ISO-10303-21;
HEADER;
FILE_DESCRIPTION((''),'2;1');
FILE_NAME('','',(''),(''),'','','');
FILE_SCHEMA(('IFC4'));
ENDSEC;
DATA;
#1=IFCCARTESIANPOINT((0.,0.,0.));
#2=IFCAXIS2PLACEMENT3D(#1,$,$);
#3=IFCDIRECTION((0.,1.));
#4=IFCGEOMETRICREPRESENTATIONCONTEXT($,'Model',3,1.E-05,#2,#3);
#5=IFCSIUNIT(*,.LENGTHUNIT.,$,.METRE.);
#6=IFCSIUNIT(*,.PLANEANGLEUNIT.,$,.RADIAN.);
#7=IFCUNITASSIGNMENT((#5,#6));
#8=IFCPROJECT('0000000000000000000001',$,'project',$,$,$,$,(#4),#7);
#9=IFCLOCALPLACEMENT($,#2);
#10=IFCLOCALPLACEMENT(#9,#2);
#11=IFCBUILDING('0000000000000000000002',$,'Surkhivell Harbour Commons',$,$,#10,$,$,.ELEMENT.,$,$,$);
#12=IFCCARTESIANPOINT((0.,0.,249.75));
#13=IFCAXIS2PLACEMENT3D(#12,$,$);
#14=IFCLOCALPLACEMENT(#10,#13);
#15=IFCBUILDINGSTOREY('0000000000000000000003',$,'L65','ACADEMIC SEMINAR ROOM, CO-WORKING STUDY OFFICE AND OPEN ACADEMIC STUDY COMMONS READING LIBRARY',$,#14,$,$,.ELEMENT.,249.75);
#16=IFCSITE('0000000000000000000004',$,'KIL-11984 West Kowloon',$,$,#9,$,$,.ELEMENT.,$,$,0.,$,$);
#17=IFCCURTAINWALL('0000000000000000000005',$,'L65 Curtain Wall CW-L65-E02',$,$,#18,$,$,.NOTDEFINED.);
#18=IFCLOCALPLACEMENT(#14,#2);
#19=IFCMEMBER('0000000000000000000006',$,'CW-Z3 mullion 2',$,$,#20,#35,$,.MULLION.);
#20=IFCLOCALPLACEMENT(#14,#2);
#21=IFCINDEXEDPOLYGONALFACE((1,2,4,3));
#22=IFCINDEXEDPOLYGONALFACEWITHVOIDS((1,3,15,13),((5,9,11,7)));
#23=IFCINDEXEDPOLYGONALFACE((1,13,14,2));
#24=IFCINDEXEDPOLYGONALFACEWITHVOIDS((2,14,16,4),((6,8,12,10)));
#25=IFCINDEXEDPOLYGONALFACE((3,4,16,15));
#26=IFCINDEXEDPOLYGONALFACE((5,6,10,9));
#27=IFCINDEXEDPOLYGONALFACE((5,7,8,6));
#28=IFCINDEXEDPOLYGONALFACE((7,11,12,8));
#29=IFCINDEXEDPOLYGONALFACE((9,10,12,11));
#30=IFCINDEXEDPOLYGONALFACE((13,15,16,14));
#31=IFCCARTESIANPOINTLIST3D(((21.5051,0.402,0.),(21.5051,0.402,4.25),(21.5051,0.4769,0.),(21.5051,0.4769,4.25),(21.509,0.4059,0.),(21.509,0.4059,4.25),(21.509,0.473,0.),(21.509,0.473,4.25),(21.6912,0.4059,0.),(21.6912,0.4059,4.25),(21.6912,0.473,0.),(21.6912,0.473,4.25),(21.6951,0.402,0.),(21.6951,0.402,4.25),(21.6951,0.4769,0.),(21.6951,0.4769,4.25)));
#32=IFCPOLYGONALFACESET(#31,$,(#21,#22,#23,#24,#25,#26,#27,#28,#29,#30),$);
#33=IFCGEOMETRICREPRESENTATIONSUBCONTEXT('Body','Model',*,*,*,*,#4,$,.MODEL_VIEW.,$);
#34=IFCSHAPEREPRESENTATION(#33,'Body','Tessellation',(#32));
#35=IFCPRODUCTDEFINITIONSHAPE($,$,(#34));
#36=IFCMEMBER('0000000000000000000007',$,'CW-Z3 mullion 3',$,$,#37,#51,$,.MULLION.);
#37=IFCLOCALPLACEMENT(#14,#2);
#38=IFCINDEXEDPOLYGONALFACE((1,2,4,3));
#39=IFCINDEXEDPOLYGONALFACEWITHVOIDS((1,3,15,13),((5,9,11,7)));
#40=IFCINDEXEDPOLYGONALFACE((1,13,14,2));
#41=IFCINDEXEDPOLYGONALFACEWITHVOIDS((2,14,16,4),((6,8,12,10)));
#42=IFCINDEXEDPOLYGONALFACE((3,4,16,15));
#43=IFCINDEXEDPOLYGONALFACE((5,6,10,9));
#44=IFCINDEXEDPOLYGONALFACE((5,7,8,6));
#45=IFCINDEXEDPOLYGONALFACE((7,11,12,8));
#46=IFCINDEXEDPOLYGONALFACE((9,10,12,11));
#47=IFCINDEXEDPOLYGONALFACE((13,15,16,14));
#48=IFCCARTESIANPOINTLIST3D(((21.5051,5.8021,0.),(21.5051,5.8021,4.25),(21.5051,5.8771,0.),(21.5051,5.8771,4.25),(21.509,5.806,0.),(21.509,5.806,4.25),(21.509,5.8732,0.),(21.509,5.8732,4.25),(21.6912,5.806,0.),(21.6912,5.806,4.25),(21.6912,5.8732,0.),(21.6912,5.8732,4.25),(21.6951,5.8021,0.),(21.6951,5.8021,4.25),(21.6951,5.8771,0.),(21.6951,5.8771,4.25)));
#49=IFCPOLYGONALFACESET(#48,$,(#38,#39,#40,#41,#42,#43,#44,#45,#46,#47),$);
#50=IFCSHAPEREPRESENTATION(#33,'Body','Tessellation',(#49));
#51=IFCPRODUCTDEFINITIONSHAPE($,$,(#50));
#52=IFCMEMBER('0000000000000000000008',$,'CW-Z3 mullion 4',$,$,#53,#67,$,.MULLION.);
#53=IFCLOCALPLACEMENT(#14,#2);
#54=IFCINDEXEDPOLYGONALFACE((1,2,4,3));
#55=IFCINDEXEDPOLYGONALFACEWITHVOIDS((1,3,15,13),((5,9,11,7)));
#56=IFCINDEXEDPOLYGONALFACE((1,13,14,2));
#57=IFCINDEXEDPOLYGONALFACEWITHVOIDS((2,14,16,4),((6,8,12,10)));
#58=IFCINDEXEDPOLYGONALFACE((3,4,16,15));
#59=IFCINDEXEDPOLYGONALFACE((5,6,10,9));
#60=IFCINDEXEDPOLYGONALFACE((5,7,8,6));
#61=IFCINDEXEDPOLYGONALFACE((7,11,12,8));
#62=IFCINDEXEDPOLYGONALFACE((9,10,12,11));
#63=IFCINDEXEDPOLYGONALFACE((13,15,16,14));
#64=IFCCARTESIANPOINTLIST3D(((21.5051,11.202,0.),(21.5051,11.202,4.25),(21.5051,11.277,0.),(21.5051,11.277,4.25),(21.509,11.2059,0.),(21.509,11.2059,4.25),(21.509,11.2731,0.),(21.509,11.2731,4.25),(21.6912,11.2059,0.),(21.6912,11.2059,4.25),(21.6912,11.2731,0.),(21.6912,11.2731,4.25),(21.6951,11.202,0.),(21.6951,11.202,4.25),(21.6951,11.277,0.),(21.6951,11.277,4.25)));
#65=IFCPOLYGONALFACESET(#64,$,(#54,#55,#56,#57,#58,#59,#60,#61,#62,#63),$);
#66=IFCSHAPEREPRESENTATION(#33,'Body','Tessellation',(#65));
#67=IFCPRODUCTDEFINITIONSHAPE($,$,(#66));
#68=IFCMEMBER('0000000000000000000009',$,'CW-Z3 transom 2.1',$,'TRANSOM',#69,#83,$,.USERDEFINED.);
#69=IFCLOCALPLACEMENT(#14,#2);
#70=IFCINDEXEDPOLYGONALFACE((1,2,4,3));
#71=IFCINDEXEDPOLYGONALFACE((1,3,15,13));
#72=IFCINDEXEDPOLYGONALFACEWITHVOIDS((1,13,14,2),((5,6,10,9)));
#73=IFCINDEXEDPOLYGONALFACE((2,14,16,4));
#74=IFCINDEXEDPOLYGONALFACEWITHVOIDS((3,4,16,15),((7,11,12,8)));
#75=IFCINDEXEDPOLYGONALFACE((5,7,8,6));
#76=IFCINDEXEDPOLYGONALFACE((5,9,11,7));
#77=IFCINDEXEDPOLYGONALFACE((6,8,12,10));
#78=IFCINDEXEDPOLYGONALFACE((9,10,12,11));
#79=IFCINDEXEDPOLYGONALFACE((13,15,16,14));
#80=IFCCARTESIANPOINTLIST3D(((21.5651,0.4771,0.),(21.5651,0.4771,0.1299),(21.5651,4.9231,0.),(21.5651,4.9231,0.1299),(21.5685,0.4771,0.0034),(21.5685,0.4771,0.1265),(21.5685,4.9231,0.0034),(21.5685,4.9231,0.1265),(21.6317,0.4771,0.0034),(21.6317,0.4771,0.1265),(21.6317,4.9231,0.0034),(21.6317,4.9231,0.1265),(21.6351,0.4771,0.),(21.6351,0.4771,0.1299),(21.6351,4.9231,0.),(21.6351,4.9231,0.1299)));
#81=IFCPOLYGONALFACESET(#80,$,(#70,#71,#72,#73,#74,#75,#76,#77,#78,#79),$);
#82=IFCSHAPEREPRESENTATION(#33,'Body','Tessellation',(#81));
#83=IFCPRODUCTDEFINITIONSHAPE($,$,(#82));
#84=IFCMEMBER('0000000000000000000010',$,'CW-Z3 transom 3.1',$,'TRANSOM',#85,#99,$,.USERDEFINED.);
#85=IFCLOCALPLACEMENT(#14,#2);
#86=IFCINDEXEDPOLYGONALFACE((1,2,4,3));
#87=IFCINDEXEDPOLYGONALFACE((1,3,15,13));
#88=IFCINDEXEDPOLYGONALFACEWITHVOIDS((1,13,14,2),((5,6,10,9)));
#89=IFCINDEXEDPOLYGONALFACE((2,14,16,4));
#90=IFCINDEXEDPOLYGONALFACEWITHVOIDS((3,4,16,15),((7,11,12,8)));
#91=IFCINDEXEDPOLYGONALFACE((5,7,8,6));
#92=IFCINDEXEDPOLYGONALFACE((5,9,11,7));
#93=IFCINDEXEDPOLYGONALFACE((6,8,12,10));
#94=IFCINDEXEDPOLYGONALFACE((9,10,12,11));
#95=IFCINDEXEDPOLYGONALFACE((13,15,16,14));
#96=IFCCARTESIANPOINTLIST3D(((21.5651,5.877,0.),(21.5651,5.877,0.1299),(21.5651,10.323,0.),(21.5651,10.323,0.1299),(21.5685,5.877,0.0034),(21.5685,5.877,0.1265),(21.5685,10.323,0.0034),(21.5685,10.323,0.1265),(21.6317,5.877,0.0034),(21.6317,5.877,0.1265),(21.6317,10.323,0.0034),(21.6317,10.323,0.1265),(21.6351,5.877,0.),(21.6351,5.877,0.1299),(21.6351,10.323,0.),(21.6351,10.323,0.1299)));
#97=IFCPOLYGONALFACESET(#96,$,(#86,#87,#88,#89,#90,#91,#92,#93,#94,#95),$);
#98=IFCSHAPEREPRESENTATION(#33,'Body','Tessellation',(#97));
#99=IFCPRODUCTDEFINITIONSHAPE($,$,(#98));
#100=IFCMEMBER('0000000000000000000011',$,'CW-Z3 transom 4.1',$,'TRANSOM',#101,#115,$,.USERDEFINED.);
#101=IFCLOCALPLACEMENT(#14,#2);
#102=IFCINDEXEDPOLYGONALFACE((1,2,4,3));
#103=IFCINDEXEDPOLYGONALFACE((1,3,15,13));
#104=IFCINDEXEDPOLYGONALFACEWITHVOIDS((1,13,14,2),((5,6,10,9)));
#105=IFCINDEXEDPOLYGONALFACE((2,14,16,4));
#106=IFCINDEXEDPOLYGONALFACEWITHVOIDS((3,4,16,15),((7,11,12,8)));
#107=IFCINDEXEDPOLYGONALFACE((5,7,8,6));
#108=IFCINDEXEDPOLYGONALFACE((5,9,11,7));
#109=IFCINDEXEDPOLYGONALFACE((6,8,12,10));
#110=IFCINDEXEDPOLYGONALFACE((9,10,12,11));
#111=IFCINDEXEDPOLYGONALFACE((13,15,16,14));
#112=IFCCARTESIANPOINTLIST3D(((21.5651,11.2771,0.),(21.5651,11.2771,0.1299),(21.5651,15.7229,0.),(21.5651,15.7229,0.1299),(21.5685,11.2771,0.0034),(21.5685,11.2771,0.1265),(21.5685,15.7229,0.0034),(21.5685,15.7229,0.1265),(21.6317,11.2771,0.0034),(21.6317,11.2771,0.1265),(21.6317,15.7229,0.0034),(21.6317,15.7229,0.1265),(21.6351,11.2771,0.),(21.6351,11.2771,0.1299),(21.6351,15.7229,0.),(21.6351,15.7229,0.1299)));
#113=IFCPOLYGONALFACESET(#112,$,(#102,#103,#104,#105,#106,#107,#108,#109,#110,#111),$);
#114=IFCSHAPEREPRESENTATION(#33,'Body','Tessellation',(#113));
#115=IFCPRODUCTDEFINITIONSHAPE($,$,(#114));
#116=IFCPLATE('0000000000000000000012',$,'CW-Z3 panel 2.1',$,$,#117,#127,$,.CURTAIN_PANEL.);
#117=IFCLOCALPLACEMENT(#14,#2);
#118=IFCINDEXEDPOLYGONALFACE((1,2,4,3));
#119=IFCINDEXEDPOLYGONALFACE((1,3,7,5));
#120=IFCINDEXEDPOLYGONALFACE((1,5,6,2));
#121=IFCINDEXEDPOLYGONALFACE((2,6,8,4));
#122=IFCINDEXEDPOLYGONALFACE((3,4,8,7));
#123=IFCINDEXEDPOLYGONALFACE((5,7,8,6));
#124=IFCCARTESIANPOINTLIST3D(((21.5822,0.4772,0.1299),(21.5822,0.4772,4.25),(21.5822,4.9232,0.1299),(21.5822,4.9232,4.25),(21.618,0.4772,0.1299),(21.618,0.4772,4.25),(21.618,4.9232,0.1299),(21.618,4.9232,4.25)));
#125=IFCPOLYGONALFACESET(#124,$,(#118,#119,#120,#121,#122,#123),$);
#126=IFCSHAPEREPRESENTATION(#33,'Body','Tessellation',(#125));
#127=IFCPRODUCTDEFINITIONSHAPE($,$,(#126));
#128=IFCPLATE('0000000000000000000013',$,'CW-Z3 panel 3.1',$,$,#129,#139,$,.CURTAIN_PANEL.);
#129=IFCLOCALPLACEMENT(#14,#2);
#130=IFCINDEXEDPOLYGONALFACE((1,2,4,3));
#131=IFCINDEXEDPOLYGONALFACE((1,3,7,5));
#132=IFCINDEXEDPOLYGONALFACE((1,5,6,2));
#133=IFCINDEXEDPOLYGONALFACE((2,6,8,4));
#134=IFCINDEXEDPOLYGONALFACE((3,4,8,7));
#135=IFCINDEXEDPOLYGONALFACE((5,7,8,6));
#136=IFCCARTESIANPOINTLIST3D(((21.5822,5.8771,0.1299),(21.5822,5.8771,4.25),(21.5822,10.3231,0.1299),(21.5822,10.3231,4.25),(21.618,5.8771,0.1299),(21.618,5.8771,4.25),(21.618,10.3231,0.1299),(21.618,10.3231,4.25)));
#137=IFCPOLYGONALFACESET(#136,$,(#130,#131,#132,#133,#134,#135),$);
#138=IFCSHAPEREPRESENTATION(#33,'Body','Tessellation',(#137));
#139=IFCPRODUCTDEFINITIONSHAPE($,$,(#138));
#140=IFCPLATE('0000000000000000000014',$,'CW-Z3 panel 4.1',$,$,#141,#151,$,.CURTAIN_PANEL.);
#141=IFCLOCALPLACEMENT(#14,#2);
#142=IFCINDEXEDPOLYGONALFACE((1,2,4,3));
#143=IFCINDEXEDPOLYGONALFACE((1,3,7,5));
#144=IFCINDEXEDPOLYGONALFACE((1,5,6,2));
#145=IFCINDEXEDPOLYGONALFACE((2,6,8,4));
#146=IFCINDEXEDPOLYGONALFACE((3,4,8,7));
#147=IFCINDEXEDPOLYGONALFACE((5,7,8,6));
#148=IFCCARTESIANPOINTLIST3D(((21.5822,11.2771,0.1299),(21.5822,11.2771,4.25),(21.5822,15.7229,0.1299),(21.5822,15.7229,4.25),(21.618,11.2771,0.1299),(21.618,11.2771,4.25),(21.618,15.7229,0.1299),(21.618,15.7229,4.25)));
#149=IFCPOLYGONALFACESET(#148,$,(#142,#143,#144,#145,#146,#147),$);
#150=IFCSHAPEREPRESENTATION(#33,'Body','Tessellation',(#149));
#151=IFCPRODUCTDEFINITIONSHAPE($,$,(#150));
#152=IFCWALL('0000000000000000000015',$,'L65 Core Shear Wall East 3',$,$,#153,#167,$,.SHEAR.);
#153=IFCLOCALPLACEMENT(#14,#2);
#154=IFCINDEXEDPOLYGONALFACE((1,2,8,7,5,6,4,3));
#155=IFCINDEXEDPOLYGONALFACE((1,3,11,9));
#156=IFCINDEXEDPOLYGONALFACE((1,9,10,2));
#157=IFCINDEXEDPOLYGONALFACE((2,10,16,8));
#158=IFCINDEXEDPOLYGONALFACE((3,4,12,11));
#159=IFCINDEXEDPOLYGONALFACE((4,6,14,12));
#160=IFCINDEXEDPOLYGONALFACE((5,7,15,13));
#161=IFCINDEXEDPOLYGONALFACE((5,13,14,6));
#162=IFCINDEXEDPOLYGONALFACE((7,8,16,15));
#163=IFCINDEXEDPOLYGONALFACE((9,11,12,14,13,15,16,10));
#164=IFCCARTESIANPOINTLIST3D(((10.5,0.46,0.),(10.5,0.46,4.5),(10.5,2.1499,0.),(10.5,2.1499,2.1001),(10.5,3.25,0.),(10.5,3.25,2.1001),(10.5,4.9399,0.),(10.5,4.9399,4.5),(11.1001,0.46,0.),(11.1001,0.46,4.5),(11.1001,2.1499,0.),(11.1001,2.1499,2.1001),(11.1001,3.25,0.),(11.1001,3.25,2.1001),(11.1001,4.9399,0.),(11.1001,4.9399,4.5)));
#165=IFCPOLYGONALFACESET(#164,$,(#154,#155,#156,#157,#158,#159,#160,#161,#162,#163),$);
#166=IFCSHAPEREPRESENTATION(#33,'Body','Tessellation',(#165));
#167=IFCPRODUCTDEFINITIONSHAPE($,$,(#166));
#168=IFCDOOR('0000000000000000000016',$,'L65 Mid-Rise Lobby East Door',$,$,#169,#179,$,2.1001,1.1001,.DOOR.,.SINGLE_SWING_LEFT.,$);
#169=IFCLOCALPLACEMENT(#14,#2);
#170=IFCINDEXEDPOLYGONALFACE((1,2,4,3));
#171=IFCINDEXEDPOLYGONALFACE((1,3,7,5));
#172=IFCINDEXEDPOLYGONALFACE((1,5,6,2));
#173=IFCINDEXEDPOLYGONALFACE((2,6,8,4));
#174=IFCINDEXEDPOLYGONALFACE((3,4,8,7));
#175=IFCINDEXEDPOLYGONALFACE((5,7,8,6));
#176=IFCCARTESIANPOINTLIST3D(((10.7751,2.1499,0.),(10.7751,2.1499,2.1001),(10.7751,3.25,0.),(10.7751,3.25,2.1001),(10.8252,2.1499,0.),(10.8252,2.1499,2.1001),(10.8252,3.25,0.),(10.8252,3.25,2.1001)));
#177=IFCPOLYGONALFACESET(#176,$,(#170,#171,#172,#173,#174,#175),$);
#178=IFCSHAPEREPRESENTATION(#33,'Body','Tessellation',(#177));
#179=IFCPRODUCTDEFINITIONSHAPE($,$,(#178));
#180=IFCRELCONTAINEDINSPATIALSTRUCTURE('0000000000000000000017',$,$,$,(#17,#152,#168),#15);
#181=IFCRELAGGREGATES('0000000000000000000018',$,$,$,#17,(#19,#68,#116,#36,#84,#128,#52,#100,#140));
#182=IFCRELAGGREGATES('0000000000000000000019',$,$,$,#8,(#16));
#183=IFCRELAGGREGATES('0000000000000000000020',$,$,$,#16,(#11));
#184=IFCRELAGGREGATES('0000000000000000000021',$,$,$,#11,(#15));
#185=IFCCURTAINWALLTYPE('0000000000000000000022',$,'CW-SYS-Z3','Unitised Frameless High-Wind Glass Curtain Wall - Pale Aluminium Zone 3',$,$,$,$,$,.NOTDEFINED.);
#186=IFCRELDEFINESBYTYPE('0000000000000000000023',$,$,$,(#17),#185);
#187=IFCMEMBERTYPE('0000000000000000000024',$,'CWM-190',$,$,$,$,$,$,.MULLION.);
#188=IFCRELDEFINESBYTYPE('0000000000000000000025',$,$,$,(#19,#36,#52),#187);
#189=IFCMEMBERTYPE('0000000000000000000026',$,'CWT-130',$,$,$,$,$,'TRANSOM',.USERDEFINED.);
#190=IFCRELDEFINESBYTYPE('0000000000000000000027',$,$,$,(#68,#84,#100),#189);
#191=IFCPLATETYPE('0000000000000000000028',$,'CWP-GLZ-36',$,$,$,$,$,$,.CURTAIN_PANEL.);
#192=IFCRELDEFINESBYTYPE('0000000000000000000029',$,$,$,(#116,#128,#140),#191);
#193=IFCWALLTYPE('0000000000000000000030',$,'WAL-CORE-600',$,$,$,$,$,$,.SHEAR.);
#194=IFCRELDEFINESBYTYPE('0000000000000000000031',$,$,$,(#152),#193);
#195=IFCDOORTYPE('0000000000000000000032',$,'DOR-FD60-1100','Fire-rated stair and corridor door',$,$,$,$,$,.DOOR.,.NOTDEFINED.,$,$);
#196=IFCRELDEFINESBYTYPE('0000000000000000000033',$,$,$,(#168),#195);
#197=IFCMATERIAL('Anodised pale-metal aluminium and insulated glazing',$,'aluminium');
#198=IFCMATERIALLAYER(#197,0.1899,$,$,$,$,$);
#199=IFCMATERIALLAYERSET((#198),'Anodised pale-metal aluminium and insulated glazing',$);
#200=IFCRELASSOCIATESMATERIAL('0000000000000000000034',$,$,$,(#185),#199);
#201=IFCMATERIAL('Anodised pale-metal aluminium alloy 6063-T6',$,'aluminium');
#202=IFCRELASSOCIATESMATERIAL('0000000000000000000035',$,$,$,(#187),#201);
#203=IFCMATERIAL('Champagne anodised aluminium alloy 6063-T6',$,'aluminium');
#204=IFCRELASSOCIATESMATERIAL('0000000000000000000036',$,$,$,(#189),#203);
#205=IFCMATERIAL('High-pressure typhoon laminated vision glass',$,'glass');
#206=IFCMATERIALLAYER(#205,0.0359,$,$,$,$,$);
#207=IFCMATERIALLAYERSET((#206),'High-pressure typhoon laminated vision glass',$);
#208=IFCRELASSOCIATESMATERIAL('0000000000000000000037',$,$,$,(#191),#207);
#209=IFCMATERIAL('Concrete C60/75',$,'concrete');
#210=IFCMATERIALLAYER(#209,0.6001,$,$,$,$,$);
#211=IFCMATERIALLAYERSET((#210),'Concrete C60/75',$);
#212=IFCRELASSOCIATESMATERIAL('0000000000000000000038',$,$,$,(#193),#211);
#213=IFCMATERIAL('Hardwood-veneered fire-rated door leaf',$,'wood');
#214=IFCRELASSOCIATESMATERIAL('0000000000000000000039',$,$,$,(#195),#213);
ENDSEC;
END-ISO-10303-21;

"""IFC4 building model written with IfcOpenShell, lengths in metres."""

from ifc_helpers import new_model, si_unit, direction, frame, frame_2d, origin, origin_2d, place, context, subcontext, project, spatial, rectangle, hollow_rectangle, extrude, material, layer, layer_set, material_profile, profile_set, type_object, element, fill, aggregate, save


model = new_model("IFC4")

# Units and contexts
model_context = context("Model", 3, precision=1e-05, world=origin(), true_north=direction((0.0, 1.0)))
body_context = subcontext(model_context, "Body", "Model", "MODEL_VIEW")
ifc_project = project(units=[si_unit("LENGTHUNIT", "METRE"), si_unit("PLANEANGLEUNIT", "RADIAN")], contexts=[model_context])

# Site, building, storey
site_placement = place(None, origin())
site = spatial("IfcSite", under=ifc_project, at=site_placement, Name="KIL-11984 West Kowloon", CompositionType="ELEMENT", RefElevation=0.0)
building_placement = place(site_placement, origin())
building = spatial("IfcBuilding", under=site, at=building_placement, Name="Surkhivell Harbour Commons", CompositionType="ELEMENT")
storey_placement = place(building_placement, frame((0.0, 0.0, 249.75)))
storey = spatial("IfcBuildingStorey", under=building, at=storey_placement, Name="L65", Description="ACADEMIC SEMINAR ROOM, CO-WORKING STUDY OFFICE AND OPEN ACADEMIC STUDY COMMONS READING LIBRARY", CompositionType="ELEMENT", Elevation=249.75)

# Shared definitions
ifc_material_1 = material(Name="Concrete C60/75", Category="concrete")

# Curtain wall, members, plates
ifc_material_2 = material(Name="Anodised pale-metal aluminium and insulated glazing", Category="aluminium")
ifc_layer_1 = layer(ifc_material_2, 0.1899)
ifc_layer_set_1 = layer_set([ifc_layer_1], Name="Anodised pale-metal aluminium and insulated glazing")
curtain_wall_type = type_object("IfcCurtainWallType", Name="CW-SYS-Z3", Description="Unitised Frameless High-Wind Glass Curtain Wall - Pale Aluminium Zone 3", PredefinedType="NOTDEFINED", material=ifc_layer_set_1)
curtain_wall_placement = place(storey_placement, origin())
curtain_wall = element("IfcCurtainWall", 1, at=curtain_wall_placement, inside=storey, type_object=curtain_wall_type, Name="L65 Curtain Wall CW-L65-E02", PredefinedType="NOTDEFINED")
ifc_material_3 = material(Name="Anodised pale-metal aluminium alloy 6063-T6", Category="aluminium")
ifc_material_profile_1 = material_profile(ifc_material_3, hollow_rectangle(XDim=0.075, YDim=0.1899, WallThickness=0.0039, at=origin_2d()), Name="ALU-MULL-75x190")
ifc_profile_set_1 = profile_set([ifc_material_profile_1], Name="Anodised pale-metal aluminium alloy 6063-T6")
member_type_1 = type_object("IfcMemberType", Name="CWM-190", PredefinedType="MULLION", material=ifc_profile_set_1)
member_1_placement = place(storey_placement, frame((21.6001, 0.4395, 0.0), z_axis=(0.0, 0.0, 1.0), x_axis=(0.0, 1.0, 0.0)))
member_1 = element("IfcMember", 2, at=member_1_placement, type_object=member_type_1, Name="CW-Z3 mullion 2", PredefinedType="MULLION", context=body_context, shape_type="SweptSolid", body=[
    extrude(hollow_rectangle(XDim=0.075, YDim=0.1899, WallThickness=0.0039, at=origin_2d()), origin(), (0.0, 0.0, 1.0), 4.25),
])
member_2_placement = place(storey_placement, frame((21.6001, 5.8396, 0.0), z_axis=(0.0, 0.0, 1.0), x_axis=(0.0, 1.0, 0.0)))
member_2 = element("IfcMember", 3, at=member_2_placement, type_object=member_type_1, Name="CW-Z3 mullion 3", PredefinedType="MULLION", context=body_context, shape_type="SweptSolid", body=[
    extrude(hollow_rectangle(XDim=0.075, YDim=0.1899, WallThickness=0.0039, at=origin_2d()), origin(), (0.0, 0.0, 1.0), 4.25),
])
member_3_placement = place(storey_placement, frame((21.6001, 11.2395, 0.0), z_axis=(0.0, 0.0, 1.0), x_axis=(0.0, 1.0, 0.0)))
member_3 = element("IfcMember", 4, at=member_3_placement, type_object=member_type_1, Name="CW-Z3 mullion 4", PredefinedType="MULLION", context=body_context, shape_type="SweptSolid", body=[
    extrude(hollow_rectangle(XDim=0.075, YDim=0.1899, WallThickness=0.0039, at=origin_2d()), origin(), (0.0, 0.0, 1.0), 4.25),
])
ifc_material_4 = material(Name="Champagne anodised aluminium alloy 6063-T6", Category="aluminium")
ifc_material_profile_2 = material_profile(ifc_material_4, hollow_rectangle(XDim=0.0701, YDim=0.1299, WallThickness=0.0034, at=origin_2d()), Name="ALU-TRAN-70x130")
ifc_profile_set_2 = profile_set([ifc_material_profile_2], Name="Champagne anodised aluminium alloy 6063-T6")
member_type_2 = type_object("IfcMemberType", Name="CWT-130", ElementType="TRANSOM", PredefinedType="USERDEFINED", material=ifc_profile_set_2)
member_4_placement = place(storey_placement, frame((21.6001, 0.4771, 0.0649), z_axis=(0.0, 1.0, 0.0), x_axis=(-1.0, 0.0, 0.0)))
member_4 = element("IfcMember", 5, at=member_4_placement, type_object=member_type_2, Name="CW-Z3 transom 2.1", ObjectType="TRANSOM", PredefinedType="USERDEFINED", context=body_context, shape_type="SweptSolid", body=[
    extrude(hollow_rectangle(XDim=0.0701, YDim=0.1299, WallThickness=0.0034, at=origin_2d()), origin(), (0.0, 0.0, 1.0), 4.446),
])
member_5_placement = place(storey_placement, frame((21.6001, 5.877, 0.0649), z_axis=(0.0, 1.0, 0.0), x_axis=(-1.0, 0.0, 0.0)))
member_5 = element("IfcMember", 6, at=member_5_placement, type_object=member_type_2, Name="CW-Z3 transom 3.1", ObjectType="TRANSOM", PredefinedType="USERDEFINED", context=body_context, shape_type="SweptSolid", body=[
    extrude(hollow_rectangle(XDim=0.0701, YDim=0.1299, WallThickness=0.0034, at=origin_2d()), origin(), (0.0, 0.0, 1.0), 4.446),
])
member_6_placement = place(storey_placement, frame((21.6001, 11.2771, 0.0649), z_axis=(0.0, 1.0, 0.0), x_axis=(-1.0, 0.0, 0.0)))
member_6 = element("IfcMember", 7, at=member_6_placement, type_object=member_type_2, Name="CW-Z3 transom 4.1", ObjectType="TRANSOM", PredefinedType="USERDEFINED", context=body_context, shape_type="SweptSolid", body=[
    extrude(hollow_rectangle(XDim=0.0701, YDim=0.1299, WallThickness=0.0034, at=origin_2d()), origin(), (0.0, 0.0, 1.0), 4.4458),
])
ifc_material_5 = material(Name="High-pressure typhoon laminated vision glass", Category="glass")
ifc_layer_2 = layer(ifc_material_5, 0.0359)
ifc_layer_set_2 = layer_set([ifc_layer_2], Name="High-pressure typhoon laminated vision glass")
plate_type = type_object("IfcPlateType", Name="CWP-GLZ-36", PredefinedType="CURTAIN_PANEL", material=ifc_layer_set_2)
plate_1_placement = place(storey_placement, frame((21.6001, 0.4771, 0.1299), z_axis=(0.0, 0.0, 1.0), x_axis=(0.0, 1.0, 0.0)))
plate_1 = element("IfcPlate", 8, at=plate_1_placement, type_object=plate_type, Name="CW-Z3 panel 2.1", PredefinedType="CURTAIN_PANEL", context=body_context, shape_type="SweptSolid", body=[
    extrude(rectangle(XDim=4.446, YDim=0.0359, at=frame_2d((2.2231, 0.0))), origin(), (0.0, 0.0, 1.0), 4.1201),
])
plate_2_placement = place(storey_placement, frame((21.6001, 5.877, 0.1299), z_axis=(0.0, 0.0, 1.0), x_axis=(0.0, 1.0, 0.0)))
plate_2 = element("IfcPlate", 9, at=plate_2_placement, type_object=plate_type, Name="CW-Z3 panel 3.1", PredefinedType="CURTAIN_PANEL", context=body_context, shape_type="SweptSolid", body=[
    extrude(rectangle(XDim=4.446, YDim=0.0359, at=frame_2d((2.2231, 0.0))), origin(), (0.0, 0.0, 1.0), 4.1201),
])
plate_3_placement = place(storey_placement, frame((21.6001, 11.2771, 0.1299), z_axis=(0.0, 0.0, 1.0), x_axis=(0.0, 1.0, 0.0)))
plate_3 = element("IfcPlate", 10, at=plate_3_placement, type_object=plate_type, Name="CW-Z3 panel 4.1", PredefinedType="CURTAIN_PANEL", context=body_context, shape_type="SweptSolid", body=[
    extrude(rectangle(XDim=4.4458, YDim=0.0359, at=frame_2d((2.2229, 0.0))), origin(), (0.0, 0.0, 1.0), 4.1201),
])
aggregate(curtain_wall, [member_1, member_4, plate_1, member_2, member_5, plate_2, member_3, member_6, plate_3])

# Wall, opening, door
ifc_layer_3 = layer(ifc_material_1, 0.6001)
ifc_layer_set_3 = layer_set([ifc_layer_3], Name="Concrete C60/75")
wall_type_1 = type_object("IfcWallType", Name="WAL-CORE-600", PredefinedType="SHEAR", material=ifc_layer_set_3)
wall_1_placement = place(storey_placement, frame((10.8, 0.46, 0.0), z_axis=(0.0, 0.0, 1.0), x_axis=(0.0, 1.0, 0.0)))
wall_1 = element("IfcWall", 11, at=wall_1_placement, inside=storey, type_object=wall_type_1, Name="L65 Core Shear Wall East 3", PredefinedType="SHEAR", context=body_context, shape_type="SweptSolid", body=[
    extrude(rectangle(XDim=4.48, YDim=0.6001, at=frame_2d((2.24, 0.0))), origin(), (0.0, 0.0, 1.0), 4.5),
])
opening_placement = place(wall_1_placement, frame((1.6899, 0.0, 0.0)))
opening = element("IfcOpeningElement", 12, at=opening_placement, cuts=wall_1, PredefinedType="OPENING", context=body_context, shape_type="SweptSolid", body=[
    extrude(rectangle(XDim=1.1001, YDim=2.1001, at=frame_2d((0.55, 1.05))), frame((0.0, 0.3101, 0.0), z_axis=(0.0, -1.0, 0.0), x_axis=(1.0, 0.0, 0.0)), (0.0, 0.0, 1.0), 0.6201),
])
ifc_material_6 = material(Name="Hardwood-veneered fire-rated door leaf", Category="wood")
door_type = type_object("IfcDoorType", Name="DOR-FD60-1100", Description="Fire-rated stair and corridor door", OperationType="NOTDEFINED", PredefinedType="DOOR", material=ifc_material_6)
door_placement = place(opening_placement, origin())
door = element("IfcDoor", 13, at=door_placement, inside=storey, type_object=door_type, Name="L65 Mid-Rise Lobby East Door", OperationType="SINGLE_SWING_LEFT", OverallHeight=2.1001, OverallWidth=1.1001, PredefinedType="DOOR", context=body_context, shape_type="SweptSolid", body=[
    extrude(rectangle(XDim=1.1001, YDim=2.1001, at=frame_2d((0.55, 1.05))), frame((0.0, 0.0249, 0.0), z_axis=(0.0, -1.0, 0.0), x_axis=(1.0, 0.0, 0.0)), (0.0, 0.0, 1.0), 0.05),
])
fill(opening, door)

save(model, "model.ifc")
